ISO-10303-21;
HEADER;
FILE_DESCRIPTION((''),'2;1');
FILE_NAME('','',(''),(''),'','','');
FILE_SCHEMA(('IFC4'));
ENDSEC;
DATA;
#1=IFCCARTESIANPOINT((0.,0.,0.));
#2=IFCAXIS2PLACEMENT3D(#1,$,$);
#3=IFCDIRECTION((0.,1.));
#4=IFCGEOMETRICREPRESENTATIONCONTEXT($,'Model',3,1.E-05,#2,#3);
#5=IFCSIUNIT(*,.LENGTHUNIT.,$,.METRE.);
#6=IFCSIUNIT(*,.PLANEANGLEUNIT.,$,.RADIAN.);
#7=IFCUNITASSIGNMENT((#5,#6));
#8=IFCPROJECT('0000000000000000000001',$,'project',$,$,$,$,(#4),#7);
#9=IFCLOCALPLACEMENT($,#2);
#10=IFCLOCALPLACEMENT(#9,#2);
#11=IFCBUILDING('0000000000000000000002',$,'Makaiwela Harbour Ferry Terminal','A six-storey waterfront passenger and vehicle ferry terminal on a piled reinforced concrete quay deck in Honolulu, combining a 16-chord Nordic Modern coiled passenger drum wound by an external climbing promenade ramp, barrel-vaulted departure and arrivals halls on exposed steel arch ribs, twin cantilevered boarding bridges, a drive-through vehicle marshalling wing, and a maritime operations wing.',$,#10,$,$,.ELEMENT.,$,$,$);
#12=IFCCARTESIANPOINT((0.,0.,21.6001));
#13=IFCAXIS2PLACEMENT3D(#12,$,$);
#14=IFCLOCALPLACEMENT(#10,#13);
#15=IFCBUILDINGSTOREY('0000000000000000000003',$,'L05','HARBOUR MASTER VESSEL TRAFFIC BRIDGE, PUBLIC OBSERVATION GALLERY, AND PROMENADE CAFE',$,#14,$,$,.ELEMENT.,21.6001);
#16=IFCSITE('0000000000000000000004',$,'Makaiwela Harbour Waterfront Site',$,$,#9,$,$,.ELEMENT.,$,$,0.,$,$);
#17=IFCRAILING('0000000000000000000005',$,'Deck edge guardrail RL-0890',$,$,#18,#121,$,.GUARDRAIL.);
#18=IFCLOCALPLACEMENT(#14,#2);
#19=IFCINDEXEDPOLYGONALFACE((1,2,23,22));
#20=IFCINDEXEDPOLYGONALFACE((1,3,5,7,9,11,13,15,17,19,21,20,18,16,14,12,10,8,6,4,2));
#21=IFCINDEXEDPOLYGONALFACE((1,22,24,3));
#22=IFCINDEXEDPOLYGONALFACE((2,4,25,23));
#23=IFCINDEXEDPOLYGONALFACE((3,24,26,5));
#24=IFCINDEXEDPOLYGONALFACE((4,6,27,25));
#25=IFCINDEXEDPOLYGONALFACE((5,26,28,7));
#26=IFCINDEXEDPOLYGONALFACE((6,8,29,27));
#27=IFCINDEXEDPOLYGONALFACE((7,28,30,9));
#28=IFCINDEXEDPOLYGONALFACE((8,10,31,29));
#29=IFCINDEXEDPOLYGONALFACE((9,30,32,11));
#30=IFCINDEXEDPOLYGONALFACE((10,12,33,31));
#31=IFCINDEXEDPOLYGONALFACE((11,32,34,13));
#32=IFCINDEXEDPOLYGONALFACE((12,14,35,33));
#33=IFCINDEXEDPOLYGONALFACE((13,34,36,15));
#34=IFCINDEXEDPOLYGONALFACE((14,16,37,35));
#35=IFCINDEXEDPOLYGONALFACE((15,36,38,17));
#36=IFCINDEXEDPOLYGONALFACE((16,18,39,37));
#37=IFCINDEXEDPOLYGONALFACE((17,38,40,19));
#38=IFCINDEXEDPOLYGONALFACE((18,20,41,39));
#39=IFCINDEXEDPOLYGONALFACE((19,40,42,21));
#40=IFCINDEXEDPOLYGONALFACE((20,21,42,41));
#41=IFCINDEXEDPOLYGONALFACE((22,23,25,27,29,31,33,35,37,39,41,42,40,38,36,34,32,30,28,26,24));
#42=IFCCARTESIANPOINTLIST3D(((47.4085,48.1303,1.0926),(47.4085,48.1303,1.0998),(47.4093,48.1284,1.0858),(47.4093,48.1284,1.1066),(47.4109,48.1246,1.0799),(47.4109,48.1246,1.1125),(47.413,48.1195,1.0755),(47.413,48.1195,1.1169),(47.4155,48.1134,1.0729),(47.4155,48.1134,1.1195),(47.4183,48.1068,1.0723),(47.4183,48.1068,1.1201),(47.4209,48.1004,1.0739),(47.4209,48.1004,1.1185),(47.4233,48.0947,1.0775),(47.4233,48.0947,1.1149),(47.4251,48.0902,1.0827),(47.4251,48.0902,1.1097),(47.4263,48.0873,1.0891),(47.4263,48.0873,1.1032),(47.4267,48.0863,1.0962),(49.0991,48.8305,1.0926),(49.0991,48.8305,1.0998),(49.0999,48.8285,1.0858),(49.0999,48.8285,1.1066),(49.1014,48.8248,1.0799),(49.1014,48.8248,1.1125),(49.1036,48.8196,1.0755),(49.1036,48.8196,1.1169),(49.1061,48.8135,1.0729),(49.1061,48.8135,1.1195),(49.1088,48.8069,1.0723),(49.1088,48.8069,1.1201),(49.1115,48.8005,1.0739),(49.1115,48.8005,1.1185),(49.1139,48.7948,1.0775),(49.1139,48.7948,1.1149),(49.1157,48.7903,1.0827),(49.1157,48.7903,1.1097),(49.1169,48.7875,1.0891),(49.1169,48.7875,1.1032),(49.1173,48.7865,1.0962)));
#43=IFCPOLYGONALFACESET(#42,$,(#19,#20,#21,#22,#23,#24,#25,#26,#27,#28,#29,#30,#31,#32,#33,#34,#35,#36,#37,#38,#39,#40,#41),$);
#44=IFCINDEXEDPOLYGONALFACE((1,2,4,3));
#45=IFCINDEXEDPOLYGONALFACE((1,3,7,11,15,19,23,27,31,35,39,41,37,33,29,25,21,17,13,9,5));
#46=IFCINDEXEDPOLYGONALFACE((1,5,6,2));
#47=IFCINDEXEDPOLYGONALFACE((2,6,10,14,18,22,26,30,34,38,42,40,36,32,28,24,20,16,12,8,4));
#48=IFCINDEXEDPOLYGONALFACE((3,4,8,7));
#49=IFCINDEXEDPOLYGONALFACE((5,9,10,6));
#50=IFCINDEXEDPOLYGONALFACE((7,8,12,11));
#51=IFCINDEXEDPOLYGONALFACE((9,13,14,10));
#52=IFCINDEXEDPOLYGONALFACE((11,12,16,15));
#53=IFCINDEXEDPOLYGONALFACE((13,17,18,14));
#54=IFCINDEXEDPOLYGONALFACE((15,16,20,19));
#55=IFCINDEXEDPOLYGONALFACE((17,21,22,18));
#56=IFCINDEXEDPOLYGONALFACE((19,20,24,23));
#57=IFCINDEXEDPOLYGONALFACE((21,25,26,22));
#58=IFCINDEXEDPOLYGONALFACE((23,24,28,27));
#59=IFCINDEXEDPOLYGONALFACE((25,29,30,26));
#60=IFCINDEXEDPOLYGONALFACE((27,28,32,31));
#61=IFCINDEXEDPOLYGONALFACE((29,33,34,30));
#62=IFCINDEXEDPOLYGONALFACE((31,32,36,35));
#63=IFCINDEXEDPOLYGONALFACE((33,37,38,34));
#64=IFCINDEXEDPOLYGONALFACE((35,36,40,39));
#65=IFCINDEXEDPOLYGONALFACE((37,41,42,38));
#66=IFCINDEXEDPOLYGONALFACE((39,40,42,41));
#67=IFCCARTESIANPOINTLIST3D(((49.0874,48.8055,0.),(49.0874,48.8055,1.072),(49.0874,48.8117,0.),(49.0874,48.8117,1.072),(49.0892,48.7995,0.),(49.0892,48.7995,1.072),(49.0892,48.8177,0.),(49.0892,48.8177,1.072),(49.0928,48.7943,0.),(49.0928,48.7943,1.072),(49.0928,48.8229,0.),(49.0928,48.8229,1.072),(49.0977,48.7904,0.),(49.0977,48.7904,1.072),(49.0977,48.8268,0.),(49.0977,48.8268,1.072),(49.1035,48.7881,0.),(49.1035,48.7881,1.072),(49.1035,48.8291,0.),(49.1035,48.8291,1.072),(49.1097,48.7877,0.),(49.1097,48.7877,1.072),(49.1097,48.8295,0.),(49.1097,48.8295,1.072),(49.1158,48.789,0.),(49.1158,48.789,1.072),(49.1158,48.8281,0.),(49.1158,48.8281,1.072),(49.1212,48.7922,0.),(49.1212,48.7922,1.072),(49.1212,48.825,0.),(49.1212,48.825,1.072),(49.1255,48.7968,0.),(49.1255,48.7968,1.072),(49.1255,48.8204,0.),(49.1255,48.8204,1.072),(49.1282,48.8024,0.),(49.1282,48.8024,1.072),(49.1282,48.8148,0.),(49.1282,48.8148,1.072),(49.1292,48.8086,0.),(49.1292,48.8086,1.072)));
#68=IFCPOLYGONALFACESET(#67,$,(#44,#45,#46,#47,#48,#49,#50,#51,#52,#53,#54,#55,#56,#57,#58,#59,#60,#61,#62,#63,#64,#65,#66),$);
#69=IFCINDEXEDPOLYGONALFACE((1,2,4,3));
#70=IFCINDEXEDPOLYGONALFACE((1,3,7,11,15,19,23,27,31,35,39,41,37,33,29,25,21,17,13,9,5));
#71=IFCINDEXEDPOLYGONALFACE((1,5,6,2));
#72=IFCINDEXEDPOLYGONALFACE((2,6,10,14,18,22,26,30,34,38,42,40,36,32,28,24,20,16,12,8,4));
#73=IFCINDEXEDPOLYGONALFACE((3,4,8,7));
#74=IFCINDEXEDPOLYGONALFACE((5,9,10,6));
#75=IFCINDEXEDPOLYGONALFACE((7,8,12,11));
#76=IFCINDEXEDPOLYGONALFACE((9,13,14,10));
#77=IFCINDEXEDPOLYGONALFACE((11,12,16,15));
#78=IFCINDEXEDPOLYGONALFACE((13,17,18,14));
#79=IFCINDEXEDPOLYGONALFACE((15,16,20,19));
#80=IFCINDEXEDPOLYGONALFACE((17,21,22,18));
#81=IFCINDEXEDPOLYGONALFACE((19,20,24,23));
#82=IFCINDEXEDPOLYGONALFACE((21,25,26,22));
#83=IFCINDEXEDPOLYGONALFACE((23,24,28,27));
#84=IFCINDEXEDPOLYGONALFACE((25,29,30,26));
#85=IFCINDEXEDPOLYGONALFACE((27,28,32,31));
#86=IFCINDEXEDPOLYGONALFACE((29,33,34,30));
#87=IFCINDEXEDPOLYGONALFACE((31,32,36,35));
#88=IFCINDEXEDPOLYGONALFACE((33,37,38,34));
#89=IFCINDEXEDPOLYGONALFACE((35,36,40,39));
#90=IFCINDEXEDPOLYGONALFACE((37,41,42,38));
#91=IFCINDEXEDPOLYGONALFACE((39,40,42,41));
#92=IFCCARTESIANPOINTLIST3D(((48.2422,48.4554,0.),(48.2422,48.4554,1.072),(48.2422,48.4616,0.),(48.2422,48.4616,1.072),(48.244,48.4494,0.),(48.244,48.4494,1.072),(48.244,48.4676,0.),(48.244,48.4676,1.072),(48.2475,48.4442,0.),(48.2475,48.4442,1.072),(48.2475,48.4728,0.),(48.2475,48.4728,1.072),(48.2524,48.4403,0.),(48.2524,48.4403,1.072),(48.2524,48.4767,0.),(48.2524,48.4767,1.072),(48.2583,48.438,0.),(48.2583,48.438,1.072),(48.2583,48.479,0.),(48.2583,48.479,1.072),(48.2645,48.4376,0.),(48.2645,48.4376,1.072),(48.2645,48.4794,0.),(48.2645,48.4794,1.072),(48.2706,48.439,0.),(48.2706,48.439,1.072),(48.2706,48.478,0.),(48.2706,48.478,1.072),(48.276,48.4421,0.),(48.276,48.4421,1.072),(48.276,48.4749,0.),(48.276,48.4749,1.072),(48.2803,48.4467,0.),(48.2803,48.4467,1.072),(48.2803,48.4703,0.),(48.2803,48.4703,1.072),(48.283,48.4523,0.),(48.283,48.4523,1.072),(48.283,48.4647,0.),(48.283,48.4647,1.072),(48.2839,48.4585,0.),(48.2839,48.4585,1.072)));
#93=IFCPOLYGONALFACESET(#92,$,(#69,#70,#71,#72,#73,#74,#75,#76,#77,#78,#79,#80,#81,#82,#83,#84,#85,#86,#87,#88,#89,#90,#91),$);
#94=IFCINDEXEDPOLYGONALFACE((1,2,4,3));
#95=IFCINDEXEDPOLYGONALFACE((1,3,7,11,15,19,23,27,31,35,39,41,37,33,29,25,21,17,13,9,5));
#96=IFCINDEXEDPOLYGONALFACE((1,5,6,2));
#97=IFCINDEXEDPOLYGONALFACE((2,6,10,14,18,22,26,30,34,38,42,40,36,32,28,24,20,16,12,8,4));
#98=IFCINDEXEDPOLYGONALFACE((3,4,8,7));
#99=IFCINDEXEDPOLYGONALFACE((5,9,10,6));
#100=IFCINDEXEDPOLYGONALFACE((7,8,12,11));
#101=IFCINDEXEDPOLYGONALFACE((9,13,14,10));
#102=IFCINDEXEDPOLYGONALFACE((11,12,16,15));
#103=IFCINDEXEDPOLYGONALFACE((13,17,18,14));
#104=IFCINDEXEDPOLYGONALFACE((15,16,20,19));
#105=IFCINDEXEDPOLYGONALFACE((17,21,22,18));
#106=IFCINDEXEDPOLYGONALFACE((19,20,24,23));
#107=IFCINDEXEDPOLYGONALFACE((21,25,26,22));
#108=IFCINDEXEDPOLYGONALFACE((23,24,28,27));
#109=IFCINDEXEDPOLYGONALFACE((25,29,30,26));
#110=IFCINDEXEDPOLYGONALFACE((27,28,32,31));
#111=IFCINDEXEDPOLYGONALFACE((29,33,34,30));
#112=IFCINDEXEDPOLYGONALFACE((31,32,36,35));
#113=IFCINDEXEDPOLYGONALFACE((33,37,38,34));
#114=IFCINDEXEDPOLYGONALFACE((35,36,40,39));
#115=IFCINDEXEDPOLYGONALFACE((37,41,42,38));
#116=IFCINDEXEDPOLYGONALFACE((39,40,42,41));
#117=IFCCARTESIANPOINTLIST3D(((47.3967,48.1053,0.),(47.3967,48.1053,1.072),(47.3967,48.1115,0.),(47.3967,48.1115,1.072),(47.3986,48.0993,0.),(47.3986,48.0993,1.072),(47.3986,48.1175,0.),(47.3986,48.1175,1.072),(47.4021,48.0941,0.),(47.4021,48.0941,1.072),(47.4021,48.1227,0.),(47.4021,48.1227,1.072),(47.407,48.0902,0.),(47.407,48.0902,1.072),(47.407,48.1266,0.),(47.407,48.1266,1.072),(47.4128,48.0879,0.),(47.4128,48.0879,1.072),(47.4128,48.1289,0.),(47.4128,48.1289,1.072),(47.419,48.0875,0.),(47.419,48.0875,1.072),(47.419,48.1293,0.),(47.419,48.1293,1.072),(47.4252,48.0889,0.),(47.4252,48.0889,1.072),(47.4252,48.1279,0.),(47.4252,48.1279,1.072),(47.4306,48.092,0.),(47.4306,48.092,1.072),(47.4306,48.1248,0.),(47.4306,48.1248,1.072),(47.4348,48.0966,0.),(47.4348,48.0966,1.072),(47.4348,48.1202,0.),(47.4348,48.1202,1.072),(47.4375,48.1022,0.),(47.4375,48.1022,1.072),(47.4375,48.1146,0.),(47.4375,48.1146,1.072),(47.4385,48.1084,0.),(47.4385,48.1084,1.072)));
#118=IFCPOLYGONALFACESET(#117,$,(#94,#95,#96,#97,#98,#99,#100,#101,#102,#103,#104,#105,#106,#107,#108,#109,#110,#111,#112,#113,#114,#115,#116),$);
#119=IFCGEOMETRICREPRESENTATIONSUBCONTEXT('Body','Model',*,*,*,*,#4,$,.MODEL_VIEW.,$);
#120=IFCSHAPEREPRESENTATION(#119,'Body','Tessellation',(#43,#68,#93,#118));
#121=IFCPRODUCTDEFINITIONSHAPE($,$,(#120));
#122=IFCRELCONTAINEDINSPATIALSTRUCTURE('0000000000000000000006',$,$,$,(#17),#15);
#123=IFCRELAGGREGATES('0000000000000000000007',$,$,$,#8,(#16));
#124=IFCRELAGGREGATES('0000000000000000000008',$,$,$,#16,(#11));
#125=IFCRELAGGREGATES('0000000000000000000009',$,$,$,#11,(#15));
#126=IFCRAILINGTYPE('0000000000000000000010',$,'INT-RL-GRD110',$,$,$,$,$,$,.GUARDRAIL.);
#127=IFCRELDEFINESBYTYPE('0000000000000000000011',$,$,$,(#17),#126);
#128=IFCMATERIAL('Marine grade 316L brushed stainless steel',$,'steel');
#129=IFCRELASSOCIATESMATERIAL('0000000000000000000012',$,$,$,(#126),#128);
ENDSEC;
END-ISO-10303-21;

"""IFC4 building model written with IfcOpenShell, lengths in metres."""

from ifc_helpers import new_model, si_unit, direction, frame, origin, origin_2d, place, context, subcontext, project, spatial, circle, extrude, material, type_object, element, save


model = new_model("IFC4")

# Units and contexts
model_context = context("Model", 3, precision=1e-05, world=origin(), true_north=direction((0.0, 1.0)))
body_context = subcontext(model_context, "Body", "Model", "MODEL_VIEW")
ifc_project = project(units=[si_unit("LENGTHUNIT", "METRE"), si_unit("PLANEANGLEUNIT", "RADIAN")], contexts=[model_context])

# Site, building, storey
site_placement = place(None, origin())
site = spatial("IfcSite", under=ifc_project, at=site_placement, Name="Makaiwela Harbour Waterfront Site", CompositionType="ELEMENT", RefElevation=0.0)
building_placement = place(site_placement, origin())
building = spatial("IfcBuilding", under=site, at=building_placement, Name="Makaiwela Harbour Ferry Terminal", Description="A six-storey waterfront passenger and vehicle ferry terminal on a piled reinforced concrete quay deck in Honolulu, combining a 16-chord Nordic Modern coiled passenger drum wound by an external climbing promenade ramp, barrel-vaulted departure and arrivals halls on exposed steel arch ribs, twin cantilevered boarding bridges, a drive-through vehicle marshalling wing, and a maritime operations wing.", CompositionType="ELEMENT")
storey_placement = place(building_placement, frame((0.0, 0.0, 21.6001)))
storey = spatial("IfcBuildingStorey", under=building, at=storey_placement, Name="L05", Description="HARBOUR MASTER VESSEL TRAFFIC BRIDGE, PUBLIC OBSERVATION GALLERY, AND PROMENADE CAFE", CompositionType="ELEMENT", Elevation=21.6001)

# Railing
ifc_material_1 = material(Name="Marine grade 316L brushed stainless steel", Category="steel")
railing_type = type_object("IfcRailingType", Name="INT-RL-GRD110", PredefinedType="GUARDRAIL", material=ifc_material_1)
railing_1_placement = place(storey_placement, frame((49.1082, 48.8086, 0.0)))
element("IfcRailing", 1, at=railing_1_placement, inside=storey, type_object=railing_type, Name="Deck edge guardrail RL-0890", PredefinedType="GUARDRAIL", context=body_context, shape_type="SweptSolid", body=[
    extrude(circle(Radius=0.0239, at=origin_2d()), frame((0.0, 0.0, 1.0962), z_axis=(-0.9239, -0.382635, 0.0), x_axis=(0.382635, -0.9239, 0.0)), (0.0, 0.0, 1.0), 1.8298),
    extrude(circle(Radius=0.021, at=origin_2d()), origin(), (0.0, 0.0, 1.0), 1.072),
    extrude(circle(Radius=0.021, at=origin_2d()), frame((-0.8452, -0.3501, 0.0)), (0.0, 0.0, 1.0), 1.072),
    extrude(circle(Radius=0.021, at=origin_2d()), frame((-1.6907, -0.7002, 0.0)), (0.0, 0.0, 1.0), 1.072),
])

save(model, "model.ifc")
